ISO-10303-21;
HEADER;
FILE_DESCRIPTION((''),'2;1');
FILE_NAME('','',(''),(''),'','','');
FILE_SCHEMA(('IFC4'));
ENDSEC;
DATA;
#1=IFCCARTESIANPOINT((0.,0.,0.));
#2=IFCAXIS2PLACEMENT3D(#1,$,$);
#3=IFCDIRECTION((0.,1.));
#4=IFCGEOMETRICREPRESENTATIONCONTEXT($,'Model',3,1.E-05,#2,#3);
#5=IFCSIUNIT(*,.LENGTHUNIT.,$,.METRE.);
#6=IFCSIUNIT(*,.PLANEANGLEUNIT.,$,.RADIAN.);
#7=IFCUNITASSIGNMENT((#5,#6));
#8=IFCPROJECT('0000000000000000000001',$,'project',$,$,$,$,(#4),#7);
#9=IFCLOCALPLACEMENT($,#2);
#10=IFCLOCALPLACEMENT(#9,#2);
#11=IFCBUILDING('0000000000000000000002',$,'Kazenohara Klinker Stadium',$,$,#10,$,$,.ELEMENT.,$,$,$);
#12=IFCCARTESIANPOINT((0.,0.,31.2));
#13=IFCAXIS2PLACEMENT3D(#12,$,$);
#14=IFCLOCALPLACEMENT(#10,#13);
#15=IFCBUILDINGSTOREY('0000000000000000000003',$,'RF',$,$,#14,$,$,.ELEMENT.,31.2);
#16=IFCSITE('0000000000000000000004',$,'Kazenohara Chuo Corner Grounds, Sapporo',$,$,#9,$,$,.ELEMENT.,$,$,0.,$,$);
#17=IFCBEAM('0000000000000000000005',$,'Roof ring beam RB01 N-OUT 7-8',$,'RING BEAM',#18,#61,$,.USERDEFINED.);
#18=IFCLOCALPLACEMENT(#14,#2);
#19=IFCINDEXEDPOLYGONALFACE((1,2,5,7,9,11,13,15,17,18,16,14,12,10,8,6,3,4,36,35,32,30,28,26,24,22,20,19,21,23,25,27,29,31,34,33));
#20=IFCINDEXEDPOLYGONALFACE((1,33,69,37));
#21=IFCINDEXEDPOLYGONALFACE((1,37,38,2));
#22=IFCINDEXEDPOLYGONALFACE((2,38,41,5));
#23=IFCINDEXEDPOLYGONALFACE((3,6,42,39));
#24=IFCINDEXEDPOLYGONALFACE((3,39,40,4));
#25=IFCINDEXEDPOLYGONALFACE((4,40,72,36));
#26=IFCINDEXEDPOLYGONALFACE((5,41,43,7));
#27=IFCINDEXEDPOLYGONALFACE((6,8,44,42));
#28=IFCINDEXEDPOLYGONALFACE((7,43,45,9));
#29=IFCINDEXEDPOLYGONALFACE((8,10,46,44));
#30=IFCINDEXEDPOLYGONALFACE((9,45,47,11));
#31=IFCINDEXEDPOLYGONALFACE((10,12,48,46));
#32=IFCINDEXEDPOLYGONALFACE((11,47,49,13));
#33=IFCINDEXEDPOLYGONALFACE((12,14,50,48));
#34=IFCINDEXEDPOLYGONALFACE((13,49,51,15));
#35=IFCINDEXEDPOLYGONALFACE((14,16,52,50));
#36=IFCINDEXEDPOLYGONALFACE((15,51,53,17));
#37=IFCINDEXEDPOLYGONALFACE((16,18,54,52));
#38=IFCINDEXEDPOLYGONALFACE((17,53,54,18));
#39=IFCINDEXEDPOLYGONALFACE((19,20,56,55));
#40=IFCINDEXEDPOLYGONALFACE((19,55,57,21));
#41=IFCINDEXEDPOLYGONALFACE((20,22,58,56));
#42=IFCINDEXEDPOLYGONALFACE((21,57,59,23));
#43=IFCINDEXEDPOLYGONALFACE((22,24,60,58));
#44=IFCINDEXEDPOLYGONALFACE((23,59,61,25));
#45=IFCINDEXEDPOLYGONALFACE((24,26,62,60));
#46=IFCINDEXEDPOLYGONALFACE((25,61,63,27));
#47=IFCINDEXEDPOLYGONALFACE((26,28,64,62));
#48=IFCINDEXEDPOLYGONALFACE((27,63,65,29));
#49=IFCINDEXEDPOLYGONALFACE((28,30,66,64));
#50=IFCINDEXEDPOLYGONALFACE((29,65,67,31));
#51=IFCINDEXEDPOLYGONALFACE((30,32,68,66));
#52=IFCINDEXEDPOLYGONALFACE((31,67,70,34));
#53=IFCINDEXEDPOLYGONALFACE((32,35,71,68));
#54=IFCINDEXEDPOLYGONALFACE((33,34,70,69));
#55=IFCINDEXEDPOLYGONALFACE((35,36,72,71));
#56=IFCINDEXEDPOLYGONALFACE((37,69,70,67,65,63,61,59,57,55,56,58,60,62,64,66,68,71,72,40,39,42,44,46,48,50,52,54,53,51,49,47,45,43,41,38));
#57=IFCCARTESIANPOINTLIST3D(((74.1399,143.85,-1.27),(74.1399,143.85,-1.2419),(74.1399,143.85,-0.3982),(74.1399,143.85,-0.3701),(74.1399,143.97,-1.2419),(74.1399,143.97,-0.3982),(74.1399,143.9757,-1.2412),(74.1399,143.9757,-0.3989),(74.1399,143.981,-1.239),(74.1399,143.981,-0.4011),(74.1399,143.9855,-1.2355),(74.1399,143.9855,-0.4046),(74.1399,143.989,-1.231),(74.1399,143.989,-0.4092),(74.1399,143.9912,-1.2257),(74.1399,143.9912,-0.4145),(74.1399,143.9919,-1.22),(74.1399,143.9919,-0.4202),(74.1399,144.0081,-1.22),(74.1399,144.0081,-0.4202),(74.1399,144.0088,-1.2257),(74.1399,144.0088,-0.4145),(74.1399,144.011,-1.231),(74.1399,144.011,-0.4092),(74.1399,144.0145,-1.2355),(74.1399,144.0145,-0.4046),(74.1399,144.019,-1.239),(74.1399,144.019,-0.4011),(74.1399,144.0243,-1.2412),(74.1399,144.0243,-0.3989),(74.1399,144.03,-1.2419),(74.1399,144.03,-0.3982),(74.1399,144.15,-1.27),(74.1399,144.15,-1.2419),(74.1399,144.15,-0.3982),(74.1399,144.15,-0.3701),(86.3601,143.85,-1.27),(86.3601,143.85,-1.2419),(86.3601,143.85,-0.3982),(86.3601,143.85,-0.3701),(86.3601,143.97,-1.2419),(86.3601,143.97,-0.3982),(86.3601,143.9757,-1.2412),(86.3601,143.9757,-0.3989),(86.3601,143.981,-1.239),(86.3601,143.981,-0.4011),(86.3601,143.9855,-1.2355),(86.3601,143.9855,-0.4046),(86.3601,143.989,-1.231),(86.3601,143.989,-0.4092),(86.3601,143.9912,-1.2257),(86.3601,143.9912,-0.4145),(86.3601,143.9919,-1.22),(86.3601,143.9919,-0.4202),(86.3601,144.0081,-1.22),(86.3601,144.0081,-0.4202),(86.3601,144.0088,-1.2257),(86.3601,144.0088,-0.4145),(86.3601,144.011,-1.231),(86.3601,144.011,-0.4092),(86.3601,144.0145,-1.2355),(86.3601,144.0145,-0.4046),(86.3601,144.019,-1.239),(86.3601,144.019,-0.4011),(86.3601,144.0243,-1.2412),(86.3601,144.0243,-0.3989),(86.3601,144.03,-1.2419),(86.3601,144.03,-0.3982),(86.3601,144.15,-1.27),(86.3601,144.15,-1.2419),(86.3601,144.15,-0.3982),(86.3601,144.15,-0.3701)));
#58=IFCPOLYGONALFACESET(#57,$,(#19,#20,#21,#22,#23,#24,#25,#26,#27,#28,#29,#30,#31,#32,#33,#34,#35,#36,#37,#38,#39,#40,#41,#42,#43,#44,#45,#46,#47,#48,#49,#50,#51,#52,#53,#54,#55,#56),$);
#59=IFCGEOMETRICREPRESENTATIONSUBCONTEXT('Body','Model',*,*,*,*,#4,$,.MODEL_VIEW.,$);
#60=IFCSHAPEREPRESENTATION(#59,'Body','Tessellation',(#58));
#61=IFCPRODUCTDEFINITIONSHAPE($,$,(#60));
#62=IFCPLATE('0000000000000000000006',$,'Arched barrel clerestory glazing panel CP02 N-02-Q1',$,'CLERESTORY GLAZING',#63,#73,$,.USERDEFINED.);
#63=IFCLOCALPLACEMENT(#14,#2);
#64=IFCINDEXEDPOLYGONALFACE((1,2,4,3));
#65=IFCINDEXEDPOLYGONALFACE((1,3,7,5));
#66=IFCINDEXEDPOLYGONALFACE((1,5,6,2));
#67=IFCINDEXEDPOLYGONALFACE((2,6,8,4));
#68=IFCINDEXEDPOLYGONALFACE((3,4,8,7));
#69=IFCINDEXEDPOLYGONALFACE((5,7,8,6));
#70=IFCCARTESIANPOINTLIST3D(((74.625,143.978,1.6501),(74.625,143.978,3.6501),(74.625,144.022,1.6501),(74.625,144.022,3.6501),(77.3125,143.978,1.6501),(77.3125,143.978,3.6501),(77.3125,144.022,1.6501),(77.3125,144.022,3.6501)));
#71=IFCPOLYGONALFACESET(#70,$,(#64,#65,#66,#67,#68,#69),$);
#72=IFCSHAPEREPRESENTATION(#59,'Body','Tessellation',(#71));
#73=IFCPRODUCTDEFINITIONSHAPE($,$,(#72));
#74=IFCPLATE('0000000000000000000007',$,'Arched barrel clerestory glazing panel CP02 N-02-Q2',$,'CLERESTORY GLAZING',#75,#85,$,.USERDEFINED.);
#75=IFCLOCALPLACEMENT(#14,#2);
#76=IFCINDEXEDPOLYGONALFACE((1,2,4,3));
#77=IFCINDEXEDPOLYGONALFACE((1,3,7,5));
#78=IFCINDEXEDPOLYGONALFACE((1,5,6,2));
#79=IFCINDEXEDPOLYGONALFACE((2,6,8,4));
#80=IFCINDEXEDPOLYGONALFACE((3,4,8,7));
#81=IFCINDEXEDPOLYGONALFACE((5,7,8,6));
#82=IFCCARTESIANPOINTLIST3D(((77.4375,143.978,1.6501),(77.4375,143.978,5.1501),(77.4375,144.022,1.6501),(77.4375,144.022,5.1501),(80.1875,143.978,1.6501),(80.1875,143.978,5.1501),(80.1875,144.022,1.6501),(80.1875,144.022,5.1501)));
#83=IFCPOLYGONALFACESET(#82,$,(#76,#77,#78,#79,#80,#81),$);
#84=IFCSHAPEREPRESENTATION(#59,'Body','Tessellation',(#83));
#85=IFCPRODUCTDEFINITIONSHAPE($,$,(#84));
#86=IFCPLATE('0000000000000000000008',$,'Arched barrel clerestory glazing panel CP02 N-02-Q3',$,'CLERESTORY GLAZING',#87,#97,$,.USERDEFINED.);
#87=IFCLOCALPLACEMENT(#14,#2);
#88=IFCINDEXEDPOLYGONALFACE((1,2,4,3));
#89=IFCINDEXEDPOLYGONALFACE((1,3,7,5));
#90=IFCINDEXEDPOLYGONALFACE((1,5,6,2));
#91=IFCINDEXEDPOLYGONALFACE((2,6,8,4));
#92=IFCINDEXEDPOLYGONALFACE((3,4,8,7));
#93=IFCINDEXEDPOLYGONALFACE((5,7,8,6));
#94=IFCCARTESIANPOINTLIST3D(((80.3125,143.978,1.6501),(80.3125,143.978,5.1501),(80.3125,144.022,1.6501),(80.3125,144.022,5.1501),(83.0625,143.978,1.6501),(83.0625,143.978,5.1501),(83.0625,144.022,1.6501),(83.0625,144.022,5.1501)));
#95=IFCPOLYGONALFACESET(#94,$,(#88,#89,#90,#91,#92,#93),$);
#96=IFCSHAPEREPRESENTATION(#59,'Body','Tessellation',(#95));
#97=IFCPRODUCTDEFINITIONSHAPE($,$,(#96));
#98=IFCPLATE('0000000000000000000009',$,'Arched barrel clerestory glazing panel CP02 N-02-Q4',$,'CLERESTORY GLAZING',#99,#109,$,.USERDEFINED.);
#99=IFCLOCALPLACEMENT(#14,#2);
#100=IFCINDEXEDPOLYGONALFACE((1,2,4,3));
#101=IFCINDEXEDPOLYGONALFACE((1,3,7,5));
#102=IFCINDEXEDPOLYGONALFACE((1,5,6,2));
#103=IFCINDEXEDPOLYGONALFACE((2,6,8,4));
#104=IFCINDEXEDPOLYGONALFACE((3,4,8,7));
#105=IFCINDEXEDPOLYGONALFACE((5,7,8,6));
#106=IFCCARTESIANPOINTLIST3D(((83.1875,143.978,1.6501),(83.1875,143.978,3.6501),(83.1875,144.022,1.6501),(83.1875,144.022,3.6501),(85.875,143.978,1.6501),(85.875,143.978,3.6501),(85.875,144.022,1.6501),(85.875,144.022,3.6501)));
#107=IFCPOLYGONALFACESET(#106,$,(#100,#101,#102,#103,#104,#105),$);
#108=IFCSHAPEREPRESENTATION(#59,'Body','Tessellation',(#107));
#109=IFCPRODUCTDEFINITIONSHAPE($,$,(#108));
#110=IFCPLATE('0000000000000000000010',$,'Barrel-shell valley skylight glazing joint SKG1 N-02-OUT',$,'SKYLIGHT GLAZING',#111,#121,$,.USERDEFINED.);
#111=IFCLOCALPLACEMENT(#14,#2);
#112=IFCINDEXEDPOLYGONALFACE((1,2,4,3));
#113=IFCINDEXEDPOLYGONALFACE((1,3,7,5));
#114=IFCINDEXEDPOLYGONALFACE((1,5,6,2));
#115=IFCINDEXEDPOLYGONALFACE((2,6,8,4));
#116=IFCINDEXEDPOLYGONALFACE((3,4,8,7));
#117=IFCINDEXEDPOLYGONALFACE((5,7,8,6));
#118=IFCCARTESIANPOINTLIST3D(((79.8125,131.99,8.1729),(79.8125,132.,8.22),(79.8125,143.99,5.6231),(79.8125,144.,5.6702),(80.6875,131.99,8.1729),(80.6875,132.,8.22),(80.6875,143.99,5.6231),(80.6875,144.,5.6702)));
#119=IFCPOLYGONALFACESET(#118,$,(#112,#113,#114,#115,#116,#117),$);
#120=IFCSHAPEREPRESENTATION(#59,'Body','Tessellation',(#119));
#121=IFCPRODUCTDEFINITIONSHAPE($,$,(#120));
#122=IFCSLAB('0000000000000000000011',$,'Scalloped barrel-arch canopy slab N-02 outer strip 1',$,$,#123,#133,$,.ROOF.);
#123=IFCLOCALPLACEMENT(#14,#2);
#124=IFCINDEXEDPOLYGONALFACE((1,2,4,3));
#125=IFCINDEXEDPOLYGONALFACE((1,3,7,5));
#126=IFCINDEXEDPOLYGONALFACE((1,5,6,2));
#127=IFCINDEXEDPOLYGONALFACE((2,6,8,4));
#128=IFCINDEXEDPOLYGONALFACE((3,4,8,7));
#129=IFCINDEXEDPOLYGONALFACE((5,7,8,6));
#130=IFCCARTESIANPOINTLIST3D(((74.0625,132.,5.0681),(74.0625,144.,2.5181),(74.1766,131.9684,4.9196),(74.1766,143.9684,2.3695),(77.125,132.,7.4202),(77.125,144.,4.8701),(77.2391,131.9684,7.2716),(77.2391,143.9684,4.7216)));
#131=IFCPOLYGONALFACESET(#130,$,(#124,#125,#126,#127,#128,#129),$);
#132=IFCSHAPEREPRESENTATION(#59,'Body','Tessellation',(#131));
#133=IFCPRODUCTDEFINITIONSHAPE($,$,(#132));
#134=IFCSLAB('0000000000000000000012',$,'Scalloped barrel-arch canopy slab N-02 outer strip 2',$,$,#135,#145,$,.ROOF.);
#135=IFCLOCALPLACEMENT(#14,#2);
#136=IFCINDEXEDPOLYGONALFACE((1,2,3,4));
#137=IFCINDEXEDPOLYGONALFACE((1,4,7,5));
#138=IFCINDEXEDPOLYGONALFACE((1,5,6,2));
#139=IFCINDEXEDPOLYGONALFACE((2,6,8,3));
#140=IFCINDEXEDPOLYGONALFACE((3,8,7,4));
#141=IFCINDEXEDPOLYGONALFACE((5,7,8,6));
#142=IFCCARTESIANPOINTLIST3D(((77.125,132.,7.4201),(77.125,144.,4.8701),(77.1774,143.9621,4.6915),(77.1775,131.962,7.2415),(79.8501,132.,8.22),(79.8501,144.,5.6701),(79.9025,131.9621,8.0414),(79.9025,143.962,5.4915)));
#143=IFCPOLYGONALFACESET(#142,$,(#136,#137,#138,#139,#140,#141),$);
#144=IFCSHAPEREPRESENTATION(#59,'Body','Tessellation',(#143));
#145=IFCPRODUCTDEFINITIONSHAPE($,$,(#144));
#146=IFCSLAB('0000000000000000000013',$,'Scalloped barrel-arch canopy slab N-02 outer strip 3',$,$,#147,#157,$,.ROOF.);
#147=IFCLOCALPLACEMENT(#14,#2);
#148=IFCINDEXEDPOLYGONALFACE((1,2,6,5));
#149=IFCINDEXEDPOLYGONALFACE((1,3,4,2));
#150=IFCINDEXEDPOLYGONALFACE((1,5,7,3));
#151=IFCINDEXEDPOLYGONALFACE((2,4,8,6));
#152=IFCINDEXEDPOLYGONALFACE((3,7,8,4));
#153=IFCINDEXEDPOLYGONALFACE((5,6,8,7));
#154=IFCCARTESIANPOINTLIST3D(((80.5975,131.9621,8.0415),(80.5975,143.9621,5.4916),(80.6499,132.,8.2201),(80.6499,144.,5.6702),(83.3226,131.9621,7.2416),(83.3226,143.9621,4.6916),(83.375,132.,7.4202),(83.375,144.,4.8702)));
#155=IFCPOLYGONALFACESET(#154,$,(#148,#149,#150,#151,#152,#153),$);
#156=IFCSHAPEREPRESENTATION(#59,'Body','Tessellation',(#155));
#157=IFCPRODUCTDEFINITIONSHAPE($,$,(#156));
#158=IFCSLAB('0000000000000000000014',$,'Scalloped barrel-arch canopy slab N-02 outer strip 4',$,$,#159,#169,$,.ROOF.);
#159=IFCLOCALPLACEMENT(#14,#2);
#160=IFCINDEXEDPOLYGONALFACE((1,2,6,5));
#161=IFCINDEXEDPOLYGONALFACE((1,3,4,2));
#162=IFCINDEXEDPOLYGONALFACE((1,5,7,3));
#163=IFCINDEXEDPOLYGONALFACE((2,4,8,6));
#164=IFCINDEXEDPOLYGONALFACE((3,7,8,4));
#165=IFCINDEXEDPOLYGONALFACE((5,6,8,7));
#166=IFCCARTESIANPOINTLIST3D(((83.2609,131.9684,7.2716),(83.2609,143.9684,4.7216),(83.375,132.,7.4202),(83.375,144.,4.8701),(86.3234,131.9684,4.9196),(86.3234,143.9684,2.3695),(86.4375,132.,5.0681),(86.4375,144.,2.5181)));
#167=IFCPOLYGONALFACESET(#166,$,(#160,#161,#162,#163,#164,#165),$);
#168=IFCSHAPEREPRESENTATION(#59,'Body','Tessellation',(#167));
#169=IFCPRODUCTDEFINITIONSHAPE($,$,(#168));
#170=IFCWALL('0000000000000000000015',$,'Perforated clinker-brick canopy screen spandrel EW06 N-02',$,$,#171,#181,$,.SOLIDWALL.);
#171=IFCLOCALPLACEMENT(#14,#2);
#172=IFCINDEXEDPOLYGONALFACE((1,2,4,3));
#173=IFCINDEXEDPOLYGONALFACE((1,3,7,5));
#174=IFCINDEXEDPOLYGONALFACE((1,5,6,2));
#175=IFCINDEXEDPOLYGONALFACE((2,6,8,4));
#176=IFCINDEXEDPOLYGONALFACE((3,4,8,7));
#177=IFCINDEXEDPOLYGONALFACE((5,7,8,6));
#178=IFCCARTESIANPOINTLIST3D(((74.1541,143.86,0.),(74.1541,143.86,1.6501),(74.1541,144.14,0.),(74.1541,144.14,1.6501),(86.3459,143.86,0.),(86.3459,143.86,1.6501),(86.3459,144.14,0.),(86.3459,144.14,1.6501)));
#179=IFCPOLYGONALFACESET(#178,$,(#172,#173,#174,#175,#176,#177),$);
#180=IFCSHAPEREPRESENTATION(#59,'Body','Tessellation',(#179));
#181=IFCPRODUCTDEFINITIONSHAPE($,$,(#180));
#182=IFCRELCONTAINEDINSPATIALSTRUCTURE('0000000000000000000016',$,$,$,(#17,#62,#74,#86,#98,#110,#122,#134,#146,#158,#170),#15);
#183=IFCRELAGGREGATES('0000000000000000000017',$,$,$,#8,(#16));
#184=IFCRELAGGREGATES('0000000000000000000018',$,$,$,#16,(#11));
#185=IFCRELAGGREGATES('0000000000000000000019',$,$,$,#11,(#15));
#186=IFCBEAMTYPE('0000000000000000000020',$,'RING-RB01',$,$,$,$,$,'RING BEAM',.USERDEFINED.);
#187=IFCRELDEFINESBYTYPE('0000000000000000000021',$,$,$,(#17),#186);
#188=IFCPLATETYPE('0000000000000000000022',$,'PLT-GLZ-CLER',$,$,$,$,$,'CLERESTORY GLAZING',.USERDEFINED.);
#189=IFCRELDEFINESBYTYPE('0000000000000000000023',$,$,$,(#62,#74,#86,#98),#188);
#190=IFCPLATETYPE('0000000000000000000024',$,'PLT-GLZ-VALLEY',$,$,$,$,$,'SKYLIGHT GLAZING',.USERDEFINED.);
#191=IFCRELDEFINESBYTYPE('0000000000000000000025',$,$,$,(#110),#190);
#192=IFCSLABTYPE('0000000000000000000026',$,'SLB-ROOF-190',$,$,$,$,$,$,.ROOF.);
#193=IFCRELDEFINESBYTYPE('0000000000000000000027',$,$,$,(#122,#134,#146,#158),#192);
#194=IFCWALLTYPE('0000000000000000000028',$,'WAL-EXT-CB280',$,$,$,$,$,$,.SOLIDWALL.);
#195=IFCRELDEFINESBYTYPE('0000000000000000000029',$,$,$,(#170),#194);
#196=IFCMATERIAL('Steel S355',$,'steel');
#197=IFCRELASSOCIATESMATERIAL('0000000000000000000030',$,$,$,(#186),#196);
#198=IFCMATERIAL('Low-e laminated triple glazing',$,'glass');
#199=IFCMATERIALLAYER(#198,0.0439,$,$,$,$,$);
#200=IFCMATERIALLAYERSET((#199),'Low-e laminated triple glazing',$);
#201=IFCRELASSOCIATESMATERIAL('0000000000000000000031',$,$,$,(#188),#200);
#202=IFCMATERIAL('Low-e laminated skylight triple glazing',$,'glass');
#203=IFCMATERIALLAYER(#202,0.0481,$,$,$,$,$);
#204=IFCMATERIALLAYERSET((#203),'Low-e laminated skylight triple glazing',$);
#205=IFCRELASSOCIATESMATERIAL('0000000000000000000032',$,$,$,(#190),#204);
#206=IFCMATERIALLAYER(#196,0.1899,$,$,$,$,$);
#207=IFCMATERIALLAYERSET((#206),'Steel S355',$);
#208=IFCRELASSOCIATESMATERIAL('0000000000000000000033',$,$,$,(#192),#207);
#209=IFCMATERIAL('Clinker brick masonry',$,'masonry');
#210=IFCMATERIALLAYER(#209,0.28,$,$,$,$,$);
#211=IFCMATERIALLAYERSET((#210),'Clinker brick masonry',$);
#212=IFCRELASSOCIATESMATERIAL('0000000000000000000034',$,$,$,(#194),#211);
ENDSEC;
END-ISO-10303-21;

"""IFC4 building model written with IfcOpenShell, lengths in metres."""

from ifc_helpers import new_model, si_unit, direction, frame, frame_2d, origin, origin_2d, place, context, subcontext, project, spatial, polyline, rectangle, i_section, outline, extrude, material, layer, layer_set, material_profile, profile_set, type_object, element, save


model = new_model("IFC4")

# Units and contexts
model_context = context("Model", 3, precision=1e-05, world=origin(), true_north=direction((0.0, 1.0)))
body_context = subcontext(model_context, "Body", "Model", "MODEL_VIEW")
ifc_project = project(units=[si_unit("LENGTHUNIT", "METRE"), si_unit("PLANEANGLEUNIT", "RADIAN")], contexts=[model_context])

# Site, building, storey
site_placement = place(None, origin())
site = spatial("IfcSite", under=ifc_project, at=site_placement, Name="Kazenohara Chuo Corner Grounds, Sapporo", CompositionType="ELEMENT", RefElevation=0.0)
building_placement = place(site_placement, origin())
building = spatial("IfcBuilding", under=site, at=building_placement, Name="Kazenohara Klinker Stadium", CompositionType="ELEMENT")
storey_placement = place(building_placement, frame((0.0, 0.0, 31.2)))
storey = spatial("IfcBuildingStorey", under=building, at=storey_placement, Name="RF", CompositionType="ELEMENT", Elevation=31.2)

# Shared definitions
ifc_material_1 = material(Name="Steel S355", Category="steel")

# Beam
ifc_material_profile_1 = material_profile(ifc_material_1, i_section(OverallWidth=0.3, OverallDepth=0.8999, WebThickness=0.0161, FlangeThickness=0.0281, FilletRadius=0.022, at=origin_2d()), Name="H-900x300x16x28")
ifc_profile_set_1 = profile_set([ifc_material_profile_1], Name="Steel S355")
beam_type = type_object("IfcBeamType", Name="RING-RB01", ElementType="RING BEAM", PredefinedType="USERDEFINED", material=ifc_profile_set_1)
beam_placement = place(storey_placement, frame((74.1399, 144.0, -0.8201), z_axis=(1.0, 0.0, 0.0), x_axis=(0.0, 1.0, 0.0)))
element("IfcBeam", 1, at=beam_placement, inside=storey, type_object=beam_type, Name="Roof ring beam RB01 N-OUT 7-8", ObjectType="RING BEAM", PredefinedType="USERDEFINED", context=body_context, shape_type="SweptSolid", body=[
    extrude(i_section(OverallWidth=0.3, OverallDepth=0.8999, WebThickness=0.0161, FlangeThickness=0.0281, FilletRadius=0.022, at=origin_2d()), origin(), (0.0, 0.0, 1.0), 12.2202),
])

# Plates
ifc_material_2 = material(Name="Low-e laminated triple glazing", Category="glass")
ifc_layer_1 = layer(ifc_material_2, 0.0439)
ifc_layer_set_1 = layer_set([ifc_layer_1], Name="Low-e laminated triple glazing")
plate_type_1 = type_object("IfcPlateType", Name="PLT-GLZ-CLER", ElementType="CLERESTORY GLAZING", PredefinedType="USERDEFINED", material=ifc_layer_set_1)
plate_1_placement = place(storey_placement, frame((75.9688, 144.0, 1.6501), z_axis=(0.0, 0.0, 1.0), x_axis=(1.0, 0.0, 0.0)))
element("IfcPlate", 2, at=plate_1_placement, inside=storey, type_object=plate_type_1, Name="Arched barrel clerestory glazing panel CP02 N-02-Q1", ObjectType="CLERESTORY GLAZING", PredefinedType="USERDEFINED", context=body_context, shape_type="SweptSolid", body=[
    extrude(rectangle(XDim=2.6875, YDim=0.0439, at=origin_2d()), origin(), (0.0, 0.0, 1.0), 2.0),
])
for number, where, z_axis, x_axis, name in (
    (3, (78.8125, 144.0, 1.6501), (0.0, 0.0, 1.0), (1.0, 0.0, 0.0), "Arched barrel clerestory glazing panel CP02 N-02-Q2"),
    (4, (81.6875, 144.0, 1.6501), (0.0, 0.0, 1.0), (1.0, 0.0, 0.0), "Arched barrel clerestory glazing panel CP02 N-02-Q3"),
):
    element("IfcPlate", number, at=place(storey_placement, frame(where, z_axis=z_axis, x_axis=x_axis)), inside=storey, type_object=plate_type_1, Name=name, ObjectType="CLERESTORY GLAZING", PredefinedType="USERDEFINED", context=body_context, shape_type="SweptSolid", body=[
        extrude(rectangle(XDim=2.75, YDim=0.0439, at=origin_2d()), origin(), (0.0, 0.0, 1.0), 3.5),
    ])
plate_2_placement = place(storey_placement, frame((84.5312, 144.0, 1.6501), z_axis=(0.0, 0.0, 1.0), x_axis=(1.0, 0.0, 0.0)))
element("IfcPlate", 5, at=plate_2_placement, inside=storey, type_object=plate_type_1, Name="Arched barrel clerestory glazing panel CP02 N-02-Q4", ObjectType="CLERESTORY GLAZING", PredefinedType="USERDEFINED", context=body_context, shape_type="SweptSolid", body=[
    extrude(rectangle(XDim=2.6875, YDim=0.0439, at=origin_2d()), origin(), (0.0, 0.0, 1.0), 2.0),
])
ifc_material_3 = material(Name="Low-e laminated skylight triple glazing", Category="glass")
ifc_layer_2 = layer(ifc_material_3, 0.0481)
ifc_layer_set_2 = layer_set([ifc_layer_2], Name="Low-e laminated skylight triple glazing")
plate_type_2 = type_object("IfcPlateType", Name="PLT-GLZ-VALLEY", ElementType="SKYLIGHT GLAZING", PredefinedType="USERDEFINED", material=ifc_layer_set_2)
plate_3_placement = place(storey_placement, frame((79.8125, 144.0, 5.6702), z_axis=(0.0, 0.207844, 0.978162), x_axis=(0.0, -0.978162, 0.207844)))
element("IfcPlate", 6, at=plate_3_placement, inside=storey, type_object=plate_type_2, Name="Barrel-shell valley skylight glazing joint SKG1 N-02-OUT", ObjectType="SKYLIGHT GLAZING", PredefinedType="USERDEFINED", context=body_context, shape_type="SweptSolid", body=[
    extrude(outline(polyline([(0.0, 0.0), (12.2679, 0.0), (12.2679, 0.875), (0.0, 0.875), (0.0, 0.0)])), origin(), (0.0, 0.0, -1.0), 0.0481),
])

# Slabs
ifc_layer_3 = layer(ifc_material_1, 0.1899)
ifc_layer_set_3 = layer_set([ifc_layer_3], Name="Steel S355")
slab_type = type_object("IfcSlabType", Name="SLB-ROOF-190", PredefinedType="ROOF", material=ifc_layer_set_3)
slab_1_placement = place(storey_placement, frame((74.0625, 144.0, 2.5181), z_axis=(-0.600635, 0.166191, 0.78206), x_axis=(0.0, -0.978158, 0.207863)))
element("IfcSlab", 7, at=slab_1_placement, inside=storey, type_object=slab_type, Name="Scalloped barrel-arch canopy slab N-02 outer strip 1", PredefinedType="ROOF", context=body_context, shape_type="SweptSolid", body=[
    extrude(outline(polyline([(0.0, 0.0), (12.268, 0.0), (12.7569, 3.8304), (0.4889, 3.8304), (0.0, 0.0)])), origin(), (0.0, 0.0, -1.0), 0.1899),
])
slab_2_placement = place(storey_placement, frame((77.125, 144.0, 4.8701), z_axis=(-0.275979, 0.199781, 0.940172), x_axis=(0.000003, -0.97816, 0.207854)))
element("IfcSlab", 8, at=slab_2_placement, inside=storey, type_object=slab_type, Name="Scalloped barrel-arch canopy slab N-02 outer strip 2", PredefinedType="ROOF", context=body_context, shape_type="SweptSolid", body=[
    extrude(outline(polyline([(0.0, 0.0), (12.268, 0.0), (12.4342, 2.8352), (0.1663, 2.8352), (0.0, 0.0)])), origin(), (0.0, 0.0, -1.0), 0.1899),
])
slab_3_placement = place(storey_placement, frame((80.6499, 144.0, 5.6702), z_axis=(0.275979, 0.199781, 0.940172), x_axis=(0.000003, -0.97816, 0.207852)))
element("IfcSlab", 9, at=slab_3_placement, inside=storey, type_object=slab_type, Name="Scalloped barrel-arch canopy slab N-02 outer strip 3", PredefinedType="ROOF", context=body_context, shape_type="SweptSolid", body=[
    extrude(outline(polyline([(0.0, 0.0), (12.2679, 0.0), (12.1017, 2.8352), (-0.1663, 2.8352), (0.0, 0.0)])), origin(), (0.0, 0.0, -1.0), 0.1899),
])
slab_4_placement = place(storey_placement, frame((83.375, 144.0, 4.8701), z_axis=(0.600635, 0.166191, 0.78206), x_axis=(0.0, -0.978158, 0.207863)))
element("IfcSlab", 10, at=slab_4_placement, inside=storey, type_object=slab_type, Name="Scalloped barrel-arch canopy slab N-02 outer strip 4", PredefinedType="ROOF", context=body_context, shape_type="SweptSolid", body=[
    extrude(outline(polyline([(0.0, 0.0), (12.268, 0.0), (11.7791, 3.8304), (-0.4889, 3.8304), (0.0, 0.0)])), origin(), (0.0, 0.0, -1.0), 0.1899),
])

# Wall
ifc_material_4 = material(Name="Clinker brick masonry", Category="masonry")
ifc_layer_4 = layer(ifc_material_4, 0.28)
ifc_layer_set_4 = layer_set([ifc_layer_4], Name="Clinker brick masonry")
wall_type = type_object("IfcWallType", Name="WAL-EXT-CB280", PredefinedType="SOLIDWALL", material=ifc_layer_set_4)
wall_placement = place(storey_placement, frame((74.1541, 144.0, 0.0), z_axis=(0.0, 0.0, 1.0), x_axis=(1.0, 0.0, 0.0)))
element("IfcWall", 11, at=wall_placement, inside=storey, type_object=wall_type, Name="Perforated clinker-brick canopy screen spandrel EW06 N-02", PredefinedType="SOLIDWALL", context=body_context, shape_type="SweptSolid", body=[
    extrude(rectangle(XDim=12.1919, YDim=0.28, at=frame_2d((6.0959, 0.0))), origin(), (0.0, 0.0, 1.0), 1.6501),
])

save(model, "model.ifc")
